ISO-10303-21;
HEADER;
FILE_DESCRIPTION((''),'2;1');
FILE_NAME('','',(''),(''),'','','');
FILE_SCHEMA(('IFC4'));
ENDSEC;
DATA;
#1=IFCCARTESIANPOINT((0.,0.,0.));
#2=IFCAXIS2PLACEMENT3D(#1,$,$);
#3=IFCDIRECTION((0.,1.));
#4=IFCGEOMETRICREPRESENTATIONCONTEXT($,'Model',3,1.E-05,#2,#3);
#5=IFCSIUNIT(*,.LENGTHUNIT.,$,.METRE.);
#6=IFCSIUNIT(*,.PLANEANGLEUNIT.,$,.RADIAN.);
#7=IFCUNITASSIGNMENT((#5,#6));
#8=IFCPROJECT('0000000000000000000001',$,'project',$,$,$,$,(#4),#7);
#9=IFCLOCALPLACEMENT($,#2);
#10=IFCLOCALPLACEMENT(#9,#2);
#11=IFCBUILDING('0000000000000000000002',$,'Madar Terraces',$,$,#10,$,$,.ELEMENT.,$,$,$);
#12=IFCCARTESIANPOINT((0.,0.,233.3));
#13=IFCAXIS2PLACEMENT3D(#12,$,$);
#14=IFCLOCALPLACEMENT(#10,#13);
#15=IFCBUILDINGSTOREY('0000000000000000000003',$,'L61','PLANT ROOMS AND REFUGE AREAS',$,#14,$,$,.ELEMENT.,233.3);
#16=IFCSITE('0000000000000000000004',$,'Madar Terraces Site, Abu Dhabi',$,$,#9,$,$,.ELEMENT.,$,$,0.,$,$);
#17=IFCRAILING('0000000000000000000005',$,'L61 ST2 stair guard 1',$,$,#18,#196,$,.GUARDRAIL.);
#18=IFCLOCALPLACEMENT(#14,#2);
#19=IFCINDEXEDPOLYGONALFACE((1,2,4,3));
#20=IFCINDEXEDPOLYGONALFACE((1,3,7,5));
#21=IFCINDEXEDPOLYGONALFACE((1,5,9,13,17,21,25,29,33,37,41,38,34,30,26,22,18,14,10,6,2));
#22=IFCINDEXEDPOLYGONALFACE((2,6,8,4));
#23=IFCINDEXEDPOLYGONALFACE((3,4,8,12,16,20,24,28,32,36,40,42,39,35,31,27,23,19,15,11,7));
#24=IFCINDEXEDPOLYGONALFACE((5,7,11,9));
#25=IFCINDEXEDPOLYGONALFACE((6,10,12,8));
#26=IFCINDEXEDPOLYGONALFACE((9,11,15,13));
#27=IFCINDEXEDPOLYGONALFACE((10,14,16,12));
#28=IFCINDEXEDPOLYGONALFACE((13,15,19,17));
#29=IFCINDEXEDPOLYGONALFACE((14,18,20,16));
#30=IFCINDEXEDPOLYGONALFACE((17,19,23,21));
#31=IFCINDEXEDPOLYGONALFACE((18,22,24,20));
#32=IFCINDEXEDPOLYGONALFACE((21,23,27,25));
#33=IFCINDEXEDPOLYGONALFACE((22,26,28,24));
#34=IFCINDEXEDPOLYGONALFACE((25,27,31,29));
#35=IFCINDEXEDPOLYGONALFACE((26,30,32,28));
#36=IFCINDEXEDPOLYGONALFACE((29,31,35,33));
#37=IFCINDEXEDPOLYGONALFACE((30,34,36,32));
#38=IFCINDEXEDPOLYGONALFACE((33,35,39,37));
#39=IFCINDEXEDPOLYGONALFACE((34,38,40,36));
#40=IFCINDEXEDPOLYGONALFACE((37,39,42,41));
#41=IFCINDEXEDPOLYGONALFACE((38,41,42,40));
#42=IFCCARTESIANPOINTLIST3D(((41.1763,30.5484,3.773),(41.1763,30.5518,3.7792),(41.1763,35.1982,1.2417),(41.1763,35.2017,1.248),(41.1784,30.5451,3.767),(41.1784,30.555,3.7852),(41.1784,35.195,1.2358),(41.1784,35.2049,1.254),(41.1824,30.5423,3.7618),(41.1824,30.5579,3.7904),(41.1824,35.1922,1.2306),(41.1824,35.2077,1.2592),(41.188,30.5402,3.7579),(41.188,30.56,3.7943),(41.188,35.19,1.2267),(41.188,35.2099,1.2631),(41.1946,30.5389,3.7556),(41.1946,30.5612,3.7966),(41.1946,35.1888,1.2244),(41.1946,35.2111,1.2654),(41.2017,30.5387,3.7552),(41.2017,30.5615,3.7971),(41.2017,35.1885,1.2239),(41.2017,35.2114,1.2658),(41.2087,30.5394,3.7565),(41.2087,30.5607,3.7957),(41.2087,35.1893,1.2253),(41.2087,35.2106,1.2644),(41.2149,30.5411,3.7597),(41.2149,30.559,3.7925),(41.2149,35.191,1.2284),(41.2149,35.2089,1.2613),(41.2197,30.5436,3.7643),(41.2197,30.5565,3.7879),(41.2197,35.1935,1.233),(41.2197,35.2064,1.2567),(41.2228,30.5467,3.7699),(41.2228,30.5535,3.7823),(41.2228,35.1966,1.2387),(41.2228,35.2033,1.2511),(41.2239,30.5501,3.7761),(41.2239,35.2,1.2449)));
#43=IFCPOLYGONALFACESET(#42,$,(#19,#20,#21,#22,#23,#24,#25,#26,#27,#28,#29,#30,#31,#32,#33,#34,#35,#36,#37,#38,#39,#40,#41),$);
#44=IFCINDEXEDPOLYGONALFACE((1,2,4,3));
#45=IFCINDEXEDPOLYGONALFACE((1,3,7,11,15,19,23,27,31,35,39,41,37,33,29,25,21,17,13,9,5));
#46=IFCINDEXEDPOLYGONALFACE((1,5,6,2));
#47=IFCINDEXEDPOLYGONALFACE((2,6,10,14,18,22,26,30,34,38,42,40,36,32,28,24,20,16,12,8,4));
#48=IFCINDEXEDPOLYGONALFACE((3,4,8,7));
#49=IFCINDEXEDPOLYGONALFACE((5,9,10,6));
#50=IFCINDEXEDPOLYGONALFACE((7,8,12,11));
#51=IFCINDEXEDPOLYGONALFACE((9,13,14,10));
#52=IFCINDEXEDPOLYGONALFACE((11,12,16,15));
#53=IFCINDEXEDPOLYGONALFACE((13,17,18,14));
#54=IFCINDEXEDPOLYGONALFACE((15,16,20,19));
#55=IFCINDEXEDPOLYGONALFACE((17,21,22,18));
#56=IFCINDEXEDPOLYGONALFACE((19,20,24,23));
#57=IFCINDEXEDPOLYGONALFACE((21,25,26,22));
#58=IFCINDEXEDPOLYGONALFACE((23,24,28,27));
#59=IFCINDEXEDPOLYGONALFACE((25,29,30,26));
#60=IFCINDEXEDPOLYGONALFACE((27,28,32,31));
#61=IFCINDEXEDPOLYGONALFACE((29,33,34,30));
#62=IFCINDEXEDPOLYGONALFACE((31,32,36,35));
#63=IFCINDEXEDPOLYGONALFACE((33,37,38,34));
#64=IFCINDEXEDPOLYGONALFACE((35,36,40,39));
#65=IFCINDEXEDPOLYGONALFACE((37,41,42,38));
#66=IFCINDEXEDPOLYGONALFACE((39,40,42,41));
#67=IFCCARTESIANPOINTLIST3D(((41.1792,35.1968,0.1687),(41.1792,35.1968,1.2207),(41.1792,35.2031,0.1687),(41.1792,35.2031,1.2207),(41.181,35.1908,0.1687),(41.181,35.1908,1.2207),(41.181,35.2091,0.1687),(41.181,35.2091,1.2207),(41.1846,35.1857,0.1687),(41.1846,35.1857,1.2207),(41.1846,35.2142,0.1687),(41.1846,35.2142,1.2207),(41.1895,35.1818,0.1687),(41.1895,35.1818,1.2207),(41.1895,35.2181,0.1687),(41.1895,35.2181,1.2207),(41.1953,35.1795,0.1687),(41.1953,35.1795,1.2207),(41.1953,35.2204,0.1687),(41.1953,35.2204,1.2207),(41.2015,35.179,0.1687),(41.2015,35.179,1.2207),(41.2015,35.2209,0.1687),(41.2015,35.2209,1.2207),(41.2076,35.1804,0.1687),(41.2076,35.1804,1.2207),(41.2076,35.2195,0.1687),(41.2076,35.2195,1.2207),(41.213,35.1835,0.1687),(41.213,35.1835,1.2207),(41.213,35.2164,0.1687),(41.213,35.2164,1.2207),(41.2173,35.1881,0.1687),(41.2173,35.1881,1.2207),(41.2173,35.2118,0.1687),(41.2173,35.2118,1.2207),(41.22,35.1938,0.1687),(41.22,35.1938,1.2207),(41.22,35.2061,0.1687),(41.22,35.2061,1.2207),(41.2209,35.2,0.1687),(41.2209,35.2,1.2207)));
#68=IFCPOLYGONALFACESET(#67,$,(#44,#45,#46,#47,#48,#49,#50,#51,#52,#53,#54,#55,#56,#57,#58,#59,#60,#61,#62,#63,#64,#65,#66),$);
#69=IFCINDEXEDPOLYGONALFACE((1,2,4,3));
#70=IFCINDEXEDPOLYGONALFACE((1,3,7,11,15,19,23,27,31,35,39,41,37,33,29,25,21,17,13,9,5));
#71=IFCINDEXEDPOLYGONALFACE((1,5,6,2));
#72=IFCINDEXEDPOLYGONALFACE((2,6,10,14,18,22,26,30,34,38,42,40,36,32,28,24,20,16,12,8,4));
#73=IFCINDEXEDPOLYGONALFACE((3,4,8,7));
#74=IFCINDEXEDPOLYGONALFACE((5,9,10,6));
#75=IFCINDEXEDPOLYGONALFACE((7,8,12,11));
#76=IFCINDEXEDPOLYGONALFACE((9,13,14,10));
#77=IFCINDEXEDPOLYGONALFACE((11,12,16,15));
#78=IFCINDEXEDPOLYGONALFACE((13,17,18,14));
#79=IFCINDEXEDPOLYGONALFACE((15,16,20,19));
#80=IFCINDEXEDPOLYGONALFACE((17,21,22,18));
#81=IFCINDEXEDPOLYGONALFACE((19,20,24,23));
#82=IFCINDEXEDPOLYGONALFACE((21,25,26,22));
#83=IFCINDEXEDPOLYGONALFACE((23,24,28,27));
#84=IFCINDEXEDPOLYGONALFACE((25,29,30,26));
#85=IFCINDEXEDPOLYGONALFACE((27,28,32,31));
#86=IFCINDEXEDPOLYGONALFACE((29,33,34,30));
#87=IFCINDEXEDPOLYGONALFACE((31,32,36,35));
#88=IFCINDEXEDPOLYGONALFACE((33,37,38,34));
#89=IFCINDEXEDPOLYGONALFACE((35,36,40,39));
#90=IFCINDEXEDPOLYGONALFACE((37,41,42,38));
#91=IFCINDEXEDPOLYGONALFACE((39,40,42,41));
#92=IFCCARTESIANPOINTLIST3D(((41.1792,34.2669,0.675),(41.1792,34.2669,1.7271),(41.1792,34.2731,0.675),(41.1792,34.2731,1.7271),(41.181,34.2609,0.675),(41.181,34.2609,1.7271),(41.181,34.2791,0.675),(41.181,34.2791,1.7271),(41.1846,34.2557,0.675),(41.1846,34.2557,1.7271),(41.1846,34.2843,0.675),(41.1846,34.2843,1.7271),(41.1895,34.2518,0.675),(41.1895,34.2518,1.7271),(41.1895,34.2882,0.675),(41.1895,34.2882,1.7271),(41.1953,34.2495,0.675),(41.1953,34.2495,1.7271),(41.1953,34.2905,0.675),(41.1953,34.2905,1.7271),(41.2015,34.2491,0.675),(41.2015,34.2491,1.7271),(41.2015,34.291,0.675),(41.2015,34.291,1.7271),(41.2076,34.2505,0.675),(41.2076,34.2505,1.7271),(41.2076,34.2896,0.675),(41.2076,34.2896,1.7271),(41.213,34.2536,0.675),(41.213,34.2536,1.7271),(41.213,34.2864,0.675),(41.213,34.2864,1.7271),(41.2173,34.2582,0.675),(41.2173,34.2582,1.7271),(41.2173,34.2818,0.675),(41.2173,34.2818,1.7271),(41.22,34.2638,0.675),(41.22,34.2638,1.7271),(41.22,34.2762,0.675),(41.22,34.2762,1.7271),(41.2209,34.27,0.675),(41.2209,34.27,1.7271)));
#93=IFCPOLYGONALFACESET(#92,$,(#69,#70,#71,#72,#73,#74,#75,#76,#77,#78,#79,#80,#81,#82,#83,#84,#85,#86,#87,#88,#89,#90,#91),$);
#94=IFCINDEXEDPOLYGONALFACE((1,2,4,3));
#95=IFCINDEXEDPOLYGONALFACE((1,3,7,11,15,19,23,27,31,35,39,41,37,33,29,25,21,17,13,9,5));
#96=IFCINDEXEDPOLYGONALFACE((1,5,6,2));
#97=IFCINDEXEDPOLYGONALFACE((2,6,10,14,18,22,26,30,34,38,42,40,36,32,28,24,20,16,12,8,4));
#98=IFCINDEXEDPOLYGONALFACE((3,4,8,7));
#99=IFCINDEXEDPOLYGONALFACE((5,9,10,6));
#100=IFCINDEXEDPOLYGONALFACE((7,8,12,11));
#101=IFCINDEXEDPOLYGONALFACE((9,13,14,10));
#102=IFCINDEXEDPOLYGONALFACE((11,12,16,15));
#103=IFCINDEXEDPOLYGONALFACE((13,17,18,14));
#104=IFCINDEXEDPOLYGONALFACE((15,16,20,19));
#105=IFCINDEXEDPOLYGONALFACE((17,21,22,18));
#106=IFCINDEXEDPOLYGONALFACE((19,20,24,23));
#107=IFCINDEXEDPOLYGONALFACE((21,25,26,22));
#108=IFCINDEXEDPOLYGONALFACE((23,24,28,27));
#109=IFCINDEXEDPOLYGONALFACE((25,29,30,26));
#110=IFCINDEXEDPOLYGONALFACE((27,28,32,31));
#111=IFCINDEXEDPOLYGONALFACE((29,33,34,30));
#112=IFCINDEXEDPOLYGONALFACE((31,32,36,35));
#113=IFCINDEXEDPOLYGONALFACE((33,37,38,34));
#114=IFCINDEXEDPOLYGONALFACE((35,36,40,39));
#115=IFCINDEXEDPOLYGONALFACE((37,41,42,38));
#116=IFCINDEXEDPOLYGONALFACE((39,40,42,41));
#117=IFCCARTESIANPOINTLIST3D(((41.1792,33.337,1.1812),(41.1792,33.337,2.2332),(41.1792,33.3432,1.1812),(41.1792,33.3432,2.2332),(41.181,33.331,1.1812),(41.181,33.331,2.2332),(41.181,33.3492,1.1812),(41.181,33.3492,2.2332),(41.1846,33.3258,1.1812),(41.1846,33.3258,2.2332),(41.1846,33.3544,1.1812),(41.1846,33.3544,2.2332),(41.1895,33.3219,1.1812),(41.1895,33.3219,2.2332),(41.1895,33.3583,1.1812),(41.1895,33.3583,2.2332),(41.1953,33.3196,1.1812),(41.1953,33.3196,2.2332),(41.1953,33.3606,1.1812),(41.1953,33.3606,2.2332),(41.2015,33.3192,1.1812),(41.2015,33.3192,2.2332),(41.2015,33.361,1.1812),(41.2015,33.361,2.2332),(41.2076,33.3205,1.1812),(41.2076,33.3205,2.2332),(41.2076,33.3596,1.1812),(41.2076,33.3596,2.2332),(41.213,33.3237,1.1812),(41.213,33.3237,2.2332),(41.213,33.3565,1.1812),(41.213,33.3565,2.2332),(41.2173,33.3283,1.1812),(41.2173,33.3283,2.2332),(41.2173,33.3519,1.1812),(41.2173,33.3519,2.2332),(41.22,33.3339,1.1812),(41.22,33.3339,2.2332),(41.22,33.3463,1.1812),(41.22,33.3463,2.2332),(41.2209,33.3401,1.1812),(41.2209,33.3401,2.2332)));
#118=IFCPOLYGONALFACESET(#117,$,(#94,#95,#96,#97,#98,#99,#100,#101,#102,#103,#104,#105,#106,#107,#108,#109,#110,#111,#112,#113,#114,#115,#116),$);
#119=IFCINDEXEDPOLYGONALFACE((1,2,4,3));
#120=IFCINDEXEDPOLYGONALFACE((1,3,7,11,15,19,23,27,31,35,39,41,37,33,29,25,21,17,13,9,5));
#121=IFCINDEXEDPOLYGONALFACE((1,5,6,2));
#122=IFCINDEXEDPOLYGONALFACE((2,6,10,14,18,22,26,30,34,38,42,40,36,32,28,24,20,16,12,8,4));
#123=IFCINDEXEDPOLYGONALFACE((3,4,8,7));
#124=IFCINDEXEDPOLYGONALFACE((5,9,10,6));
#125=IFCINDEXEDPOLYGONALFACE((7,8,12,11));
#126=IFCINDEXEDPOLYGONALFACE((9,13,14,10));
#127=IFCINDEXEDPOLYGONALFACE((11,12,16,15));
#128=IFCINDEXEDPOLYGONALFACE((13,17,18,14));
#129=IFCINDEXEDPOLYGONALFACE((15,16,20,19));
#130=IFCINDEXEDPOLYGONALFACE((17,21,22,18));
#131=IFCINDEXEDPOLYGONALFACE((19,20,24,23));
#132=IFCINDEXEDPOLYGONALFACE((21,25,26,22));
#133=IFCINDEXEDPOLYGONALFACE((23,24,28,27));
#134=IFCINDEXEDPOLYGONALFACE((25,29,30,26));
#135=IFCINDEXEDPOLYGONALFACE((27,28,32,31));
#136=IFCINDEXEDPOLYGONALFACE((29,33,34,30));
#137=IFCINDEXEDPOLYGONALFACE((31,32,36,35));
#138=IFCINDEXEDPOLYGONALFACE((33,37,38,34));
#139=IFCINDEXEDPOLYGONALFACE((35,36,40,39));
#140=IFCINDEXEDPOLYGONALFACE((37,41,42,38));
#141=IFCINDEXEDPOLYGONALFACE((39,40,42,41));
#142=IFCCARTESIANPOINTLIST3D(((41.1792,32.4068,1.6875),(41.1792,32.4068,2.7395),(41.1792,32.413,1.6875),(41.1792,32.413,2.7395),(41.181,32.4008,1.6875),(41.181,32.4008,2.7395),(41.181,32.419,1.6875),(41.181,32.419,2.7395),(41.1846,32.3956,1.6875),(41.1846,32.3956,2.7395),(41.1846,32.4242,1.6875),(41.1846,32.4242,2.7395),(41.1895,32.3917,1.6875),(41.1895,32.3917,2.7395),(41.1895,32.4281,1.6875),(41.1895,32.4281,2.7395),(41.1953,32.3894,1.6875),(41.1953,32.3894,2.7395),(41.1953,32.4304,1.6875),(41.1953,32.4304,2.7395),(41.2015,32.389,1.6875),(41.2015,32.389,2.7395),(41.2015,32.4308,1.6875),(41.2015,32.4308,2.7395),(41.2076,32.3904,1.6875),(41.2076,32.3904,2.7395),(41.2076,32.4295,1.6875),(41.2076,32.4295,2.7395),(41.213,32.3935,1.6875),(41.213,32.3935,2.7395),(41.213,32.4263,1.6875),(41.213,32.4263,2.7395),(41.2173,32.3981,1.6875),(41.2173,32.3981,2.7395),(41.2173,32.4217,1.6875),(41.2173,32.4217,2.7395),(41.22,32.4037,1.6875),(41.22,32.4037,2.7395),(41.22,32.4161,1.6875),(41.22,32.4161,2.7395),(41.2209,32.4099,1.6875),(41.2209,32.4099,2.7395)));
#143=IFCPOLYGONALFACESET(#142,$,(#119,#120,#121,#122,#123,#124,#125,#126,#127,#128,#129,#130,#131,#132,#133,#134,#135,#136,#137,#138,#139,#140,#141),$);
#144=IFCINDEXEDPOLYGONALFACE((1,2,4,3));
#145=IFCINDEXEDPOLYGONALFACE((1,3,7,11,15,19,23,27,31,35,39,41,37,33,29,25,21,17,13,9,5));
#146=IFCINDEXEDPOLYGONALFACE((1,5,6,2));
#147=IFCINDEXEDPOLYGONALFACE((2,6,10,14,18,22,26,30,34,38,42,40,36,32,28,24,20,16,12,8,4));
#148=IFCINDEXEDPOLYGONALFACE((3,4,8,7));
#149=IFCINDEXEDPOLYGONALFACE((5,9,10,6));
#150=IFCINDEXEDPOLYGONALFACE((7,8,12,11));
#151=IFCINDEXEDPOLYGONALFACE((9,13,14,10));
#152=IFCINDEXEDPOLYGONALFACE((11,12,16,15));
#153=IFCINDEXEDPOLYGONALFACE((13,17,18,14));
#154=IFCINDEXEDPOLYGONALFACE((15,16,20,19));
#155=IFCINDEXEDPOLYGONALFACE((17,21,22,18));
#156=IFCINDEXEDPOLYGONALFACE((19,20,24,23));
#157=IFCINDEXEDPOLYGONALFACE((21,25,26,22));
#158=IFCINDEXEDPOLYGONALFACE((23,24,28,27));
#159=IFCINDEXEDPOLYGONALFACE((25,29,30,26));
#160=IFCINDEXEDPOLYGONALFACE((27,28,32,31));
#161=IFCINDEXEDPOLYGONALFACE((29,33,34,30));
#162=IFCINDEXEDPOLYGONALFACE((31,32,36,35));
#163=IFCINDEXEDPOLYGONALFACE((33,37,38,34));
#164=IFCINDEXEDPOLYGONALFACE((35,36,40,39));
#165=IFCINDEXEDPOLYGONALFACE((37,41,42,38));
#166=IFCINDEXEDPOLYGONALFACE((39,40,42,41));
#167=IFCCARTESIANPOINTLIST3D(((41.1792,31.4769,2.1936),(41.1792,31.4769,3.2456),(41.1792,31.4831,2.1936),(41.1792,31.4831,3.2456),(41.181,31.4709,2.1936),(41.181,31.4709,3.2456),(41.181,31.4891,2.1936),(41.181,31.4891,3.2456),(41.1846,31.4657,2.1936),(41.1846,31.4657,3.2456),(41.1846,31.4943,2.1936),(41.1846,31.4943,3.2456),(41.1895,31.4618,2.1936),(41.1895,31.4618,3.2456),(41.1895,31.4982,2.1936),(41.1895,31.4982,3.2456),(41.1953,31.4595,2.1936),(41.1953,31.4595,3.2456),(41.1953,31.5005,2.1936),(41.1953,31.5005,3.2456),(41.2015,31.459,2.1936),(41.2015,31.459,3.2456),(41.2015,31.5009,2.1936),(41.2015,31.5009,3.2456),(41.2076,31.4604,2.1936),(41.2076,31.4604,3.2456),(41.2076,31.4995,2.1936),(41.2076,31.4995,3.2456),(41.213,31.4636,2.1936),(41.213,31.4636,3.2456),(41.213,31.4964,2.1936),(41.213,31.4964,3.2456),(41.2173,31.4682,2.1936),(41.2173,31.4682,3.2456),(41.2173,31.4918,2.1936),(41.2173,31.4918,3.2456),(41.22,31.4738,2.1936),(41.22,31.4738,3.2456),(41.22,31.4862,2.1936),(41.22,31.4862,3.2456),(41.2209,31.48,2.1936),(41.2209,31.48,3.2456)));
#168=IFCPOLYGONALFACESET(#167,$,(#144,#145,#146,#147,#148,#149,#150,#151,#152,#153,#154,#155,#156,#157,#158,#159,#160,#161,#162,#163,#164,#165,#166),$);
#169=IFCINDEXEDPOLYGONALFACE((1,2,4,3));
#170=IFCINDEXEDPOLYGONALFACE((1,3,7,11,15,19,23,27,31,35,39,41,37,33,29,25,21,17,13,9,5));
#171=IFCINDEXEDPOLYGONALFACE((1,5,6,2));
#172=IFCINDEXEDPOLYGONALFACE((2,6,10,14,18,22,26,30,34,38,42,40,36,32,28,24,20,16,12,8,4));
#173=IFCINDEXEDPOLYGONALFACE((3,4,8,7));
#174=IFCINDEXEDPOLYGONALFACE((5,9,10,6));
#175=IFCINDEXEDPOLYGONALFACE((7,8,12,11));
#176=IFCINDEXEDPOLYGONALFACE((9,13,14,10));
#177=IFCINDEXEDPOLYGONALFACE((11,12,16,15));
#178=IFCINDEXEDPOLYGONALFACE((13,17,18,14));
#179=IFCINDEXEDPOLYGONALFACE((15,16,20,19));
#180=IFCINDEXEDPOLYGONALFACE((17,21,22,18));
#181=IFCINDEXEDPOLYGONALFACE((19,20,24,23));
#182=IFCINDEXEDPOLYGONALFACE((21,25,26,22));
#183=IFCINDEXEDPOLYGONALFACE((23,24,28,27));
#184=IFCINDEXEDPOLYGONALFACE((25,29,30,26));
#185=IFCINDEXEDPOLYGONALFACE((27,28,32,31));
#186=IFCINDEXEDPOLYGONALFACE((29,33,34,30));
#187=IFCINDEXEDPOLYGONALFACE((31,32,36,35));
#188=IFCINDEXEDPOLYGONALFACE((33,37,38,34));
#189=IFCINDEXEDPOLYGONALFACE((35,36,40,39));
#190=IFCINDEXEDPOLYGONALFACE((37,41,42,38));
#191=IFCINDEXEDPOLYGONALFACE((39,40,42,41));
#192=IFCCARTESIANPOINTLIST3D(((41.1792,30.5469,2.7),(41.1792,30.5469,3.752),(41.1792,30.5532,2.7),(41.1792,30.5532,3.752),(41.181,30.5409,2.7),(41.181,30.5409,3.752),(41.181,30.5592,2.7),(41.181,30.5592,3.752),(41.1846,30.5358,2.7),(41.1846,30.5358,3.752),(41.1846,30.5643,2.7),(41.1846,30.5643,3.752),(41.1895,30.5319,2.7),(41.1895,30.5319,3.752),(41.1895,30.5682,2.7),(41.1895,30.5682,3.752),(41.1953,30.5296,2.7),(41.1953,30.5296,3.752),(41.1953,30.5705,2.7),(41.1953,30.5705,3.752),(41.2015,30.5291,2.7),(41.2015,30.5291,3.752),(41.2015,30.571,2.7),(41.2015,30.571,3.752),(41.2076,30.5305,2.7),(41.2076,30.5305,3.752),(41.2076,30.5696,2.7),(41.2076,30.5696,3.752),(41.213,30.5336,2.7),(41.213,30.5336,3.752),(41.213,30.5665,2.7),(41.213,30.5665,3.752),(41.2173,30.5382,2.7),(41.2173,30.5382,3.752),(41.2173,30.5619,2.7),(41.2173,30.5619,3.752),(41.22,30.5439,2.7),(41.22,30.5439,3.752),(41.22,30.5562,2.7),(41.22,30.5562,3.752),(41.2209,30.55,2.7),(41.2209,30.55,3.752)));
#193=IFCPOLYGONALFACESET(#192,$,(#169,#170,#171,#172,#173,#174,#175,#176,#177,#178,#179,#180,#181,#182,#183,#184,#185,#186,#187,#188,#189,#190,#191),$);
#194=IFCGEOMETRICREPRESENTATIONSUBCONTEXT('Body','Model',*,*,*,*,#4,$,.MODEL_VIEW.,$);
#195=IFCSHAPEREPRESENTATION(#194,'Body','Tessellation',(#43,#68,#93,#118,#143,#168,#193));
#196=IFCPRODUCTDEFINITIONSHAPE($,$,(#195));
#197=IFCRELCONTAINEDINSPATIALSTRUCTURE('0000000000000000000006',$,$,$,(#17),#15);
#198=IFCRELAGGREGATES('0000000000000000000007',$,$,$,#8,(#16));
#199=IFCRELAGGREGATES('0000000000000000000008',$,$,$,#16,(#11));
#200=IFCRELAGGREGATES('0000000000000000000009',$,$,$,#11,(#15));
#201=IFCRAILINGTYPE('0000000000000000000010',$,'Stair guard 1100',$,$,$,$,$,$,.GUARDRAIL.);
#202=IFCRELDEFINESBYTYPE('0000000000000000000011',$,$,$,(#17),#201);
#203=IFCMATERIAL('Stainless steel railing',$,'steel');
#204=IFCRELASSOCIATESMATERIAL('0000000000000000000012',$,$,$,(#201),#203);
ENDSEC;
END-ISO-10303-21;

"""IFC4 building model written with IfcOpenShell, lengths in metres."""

from ifc_helpers import new_model, si_unit, direction, frame, origin, origin_2d, place, context, subcontext, project, spatial, circle, extrude, material, type_object, element, save


model = new_model("IFC4")

# Units and contexts
model_context = context("Model", 3, precision=1e-05, world=origin(), true_north=direction((0.0, 1.0)))
body_context = subcontext(model_context, "Body", "Model", "MODEL_VIEW")
ifc_project = project(units=[si_unit("LENGTHUNIT", "METRE"), si_unit("PLANEANGLEUNIT", "RADIAN")], contexts=[model_context])

# Site, building, storey
site_placement = place(None, origin())
site = spatial("IfcSite", under=ifc_project, at=site_placement, Name="Madar Terraces Site, Abu Dhabi", CompositionType="ELEMENT", RefElevation=0.0)
building_placement = place(site_placement, origin())
building = spatial("IfcBuilding", under=site, at=building_placement, Name="Madar Terraces", CompositionType="ELEMENT")
storey_placement = place(building_placement, frame((0.0, 0.0, 233.3)))
storey = spatial("IfcBuildingStorey", under=building, at=storey_placement, Name="L61", Description="PLANT ROOMS AND REFUGE AREAS", CompositionType="ELEMENT", Elevation=233.3)

# Railing
ifc_material_1 = material(Name="Stainless steel railing", Category="steel")
railing_type_1 = type_object("IfcRailingType", Name="Stair guard 1100", PredefinedType="GUARDRAIL", material=ifc_material_1)
railing_1_placement = place(storey_placement, frame((41.2, 35.2, 0.1687)))
element("IfcRailing", 1, at=railing_1_placement, inside=storey, type_object=railing_type_1, Name="L61 ST2 stair guard 1", PredefinedType="GUARDRAIL", context=body_context, shape_type="SweptSolid", body=[
    extrude(circle(Radius=0.0239, at=origin_2d()), frame((0.0, 0.0, 1.0762), z_axis=(0.0, -0.878297, 0.478115), x_axis=(1.0, 0.0, 0.0)), (0.0, 0.0, 1.0), 5.2942),
    extrude(circle(Radius=0.021, at=origin_2d()), origin(), (0.0, 0.0, 1.0), 1.052),
    extrude(circle(Radius=0.021, at=origin_2d()), frame((0.0, -0.9299, 0.5063)), (0.0, 0.0, 1.0), 1.052),
    extrude(circle(Radius=0.021, at=origin_2d()), frame((0.0, -1.8599, 1.0125)), (0.0, 0.0, 1.0), 1.052),
    extrude(circle(Radius=0.021, at=origin_2d()), frame((0.0, -2.79, 1.5188)), (0.0, 0.0, 1.0), 1.052),
    extrude(circle(Radius=0.021, at=origin_2d()), frame((0.0, -3.72, 2.0249)), (0.0, 0.0, 1.0), 1.052),
    extrude(circle(Radius=0.021, at=origin_2d()), frame((0.0, -4.6499, 2.5312)), (0.0, 0.0, 1.0), 1.052),
])

save(model, "model.ifc")
